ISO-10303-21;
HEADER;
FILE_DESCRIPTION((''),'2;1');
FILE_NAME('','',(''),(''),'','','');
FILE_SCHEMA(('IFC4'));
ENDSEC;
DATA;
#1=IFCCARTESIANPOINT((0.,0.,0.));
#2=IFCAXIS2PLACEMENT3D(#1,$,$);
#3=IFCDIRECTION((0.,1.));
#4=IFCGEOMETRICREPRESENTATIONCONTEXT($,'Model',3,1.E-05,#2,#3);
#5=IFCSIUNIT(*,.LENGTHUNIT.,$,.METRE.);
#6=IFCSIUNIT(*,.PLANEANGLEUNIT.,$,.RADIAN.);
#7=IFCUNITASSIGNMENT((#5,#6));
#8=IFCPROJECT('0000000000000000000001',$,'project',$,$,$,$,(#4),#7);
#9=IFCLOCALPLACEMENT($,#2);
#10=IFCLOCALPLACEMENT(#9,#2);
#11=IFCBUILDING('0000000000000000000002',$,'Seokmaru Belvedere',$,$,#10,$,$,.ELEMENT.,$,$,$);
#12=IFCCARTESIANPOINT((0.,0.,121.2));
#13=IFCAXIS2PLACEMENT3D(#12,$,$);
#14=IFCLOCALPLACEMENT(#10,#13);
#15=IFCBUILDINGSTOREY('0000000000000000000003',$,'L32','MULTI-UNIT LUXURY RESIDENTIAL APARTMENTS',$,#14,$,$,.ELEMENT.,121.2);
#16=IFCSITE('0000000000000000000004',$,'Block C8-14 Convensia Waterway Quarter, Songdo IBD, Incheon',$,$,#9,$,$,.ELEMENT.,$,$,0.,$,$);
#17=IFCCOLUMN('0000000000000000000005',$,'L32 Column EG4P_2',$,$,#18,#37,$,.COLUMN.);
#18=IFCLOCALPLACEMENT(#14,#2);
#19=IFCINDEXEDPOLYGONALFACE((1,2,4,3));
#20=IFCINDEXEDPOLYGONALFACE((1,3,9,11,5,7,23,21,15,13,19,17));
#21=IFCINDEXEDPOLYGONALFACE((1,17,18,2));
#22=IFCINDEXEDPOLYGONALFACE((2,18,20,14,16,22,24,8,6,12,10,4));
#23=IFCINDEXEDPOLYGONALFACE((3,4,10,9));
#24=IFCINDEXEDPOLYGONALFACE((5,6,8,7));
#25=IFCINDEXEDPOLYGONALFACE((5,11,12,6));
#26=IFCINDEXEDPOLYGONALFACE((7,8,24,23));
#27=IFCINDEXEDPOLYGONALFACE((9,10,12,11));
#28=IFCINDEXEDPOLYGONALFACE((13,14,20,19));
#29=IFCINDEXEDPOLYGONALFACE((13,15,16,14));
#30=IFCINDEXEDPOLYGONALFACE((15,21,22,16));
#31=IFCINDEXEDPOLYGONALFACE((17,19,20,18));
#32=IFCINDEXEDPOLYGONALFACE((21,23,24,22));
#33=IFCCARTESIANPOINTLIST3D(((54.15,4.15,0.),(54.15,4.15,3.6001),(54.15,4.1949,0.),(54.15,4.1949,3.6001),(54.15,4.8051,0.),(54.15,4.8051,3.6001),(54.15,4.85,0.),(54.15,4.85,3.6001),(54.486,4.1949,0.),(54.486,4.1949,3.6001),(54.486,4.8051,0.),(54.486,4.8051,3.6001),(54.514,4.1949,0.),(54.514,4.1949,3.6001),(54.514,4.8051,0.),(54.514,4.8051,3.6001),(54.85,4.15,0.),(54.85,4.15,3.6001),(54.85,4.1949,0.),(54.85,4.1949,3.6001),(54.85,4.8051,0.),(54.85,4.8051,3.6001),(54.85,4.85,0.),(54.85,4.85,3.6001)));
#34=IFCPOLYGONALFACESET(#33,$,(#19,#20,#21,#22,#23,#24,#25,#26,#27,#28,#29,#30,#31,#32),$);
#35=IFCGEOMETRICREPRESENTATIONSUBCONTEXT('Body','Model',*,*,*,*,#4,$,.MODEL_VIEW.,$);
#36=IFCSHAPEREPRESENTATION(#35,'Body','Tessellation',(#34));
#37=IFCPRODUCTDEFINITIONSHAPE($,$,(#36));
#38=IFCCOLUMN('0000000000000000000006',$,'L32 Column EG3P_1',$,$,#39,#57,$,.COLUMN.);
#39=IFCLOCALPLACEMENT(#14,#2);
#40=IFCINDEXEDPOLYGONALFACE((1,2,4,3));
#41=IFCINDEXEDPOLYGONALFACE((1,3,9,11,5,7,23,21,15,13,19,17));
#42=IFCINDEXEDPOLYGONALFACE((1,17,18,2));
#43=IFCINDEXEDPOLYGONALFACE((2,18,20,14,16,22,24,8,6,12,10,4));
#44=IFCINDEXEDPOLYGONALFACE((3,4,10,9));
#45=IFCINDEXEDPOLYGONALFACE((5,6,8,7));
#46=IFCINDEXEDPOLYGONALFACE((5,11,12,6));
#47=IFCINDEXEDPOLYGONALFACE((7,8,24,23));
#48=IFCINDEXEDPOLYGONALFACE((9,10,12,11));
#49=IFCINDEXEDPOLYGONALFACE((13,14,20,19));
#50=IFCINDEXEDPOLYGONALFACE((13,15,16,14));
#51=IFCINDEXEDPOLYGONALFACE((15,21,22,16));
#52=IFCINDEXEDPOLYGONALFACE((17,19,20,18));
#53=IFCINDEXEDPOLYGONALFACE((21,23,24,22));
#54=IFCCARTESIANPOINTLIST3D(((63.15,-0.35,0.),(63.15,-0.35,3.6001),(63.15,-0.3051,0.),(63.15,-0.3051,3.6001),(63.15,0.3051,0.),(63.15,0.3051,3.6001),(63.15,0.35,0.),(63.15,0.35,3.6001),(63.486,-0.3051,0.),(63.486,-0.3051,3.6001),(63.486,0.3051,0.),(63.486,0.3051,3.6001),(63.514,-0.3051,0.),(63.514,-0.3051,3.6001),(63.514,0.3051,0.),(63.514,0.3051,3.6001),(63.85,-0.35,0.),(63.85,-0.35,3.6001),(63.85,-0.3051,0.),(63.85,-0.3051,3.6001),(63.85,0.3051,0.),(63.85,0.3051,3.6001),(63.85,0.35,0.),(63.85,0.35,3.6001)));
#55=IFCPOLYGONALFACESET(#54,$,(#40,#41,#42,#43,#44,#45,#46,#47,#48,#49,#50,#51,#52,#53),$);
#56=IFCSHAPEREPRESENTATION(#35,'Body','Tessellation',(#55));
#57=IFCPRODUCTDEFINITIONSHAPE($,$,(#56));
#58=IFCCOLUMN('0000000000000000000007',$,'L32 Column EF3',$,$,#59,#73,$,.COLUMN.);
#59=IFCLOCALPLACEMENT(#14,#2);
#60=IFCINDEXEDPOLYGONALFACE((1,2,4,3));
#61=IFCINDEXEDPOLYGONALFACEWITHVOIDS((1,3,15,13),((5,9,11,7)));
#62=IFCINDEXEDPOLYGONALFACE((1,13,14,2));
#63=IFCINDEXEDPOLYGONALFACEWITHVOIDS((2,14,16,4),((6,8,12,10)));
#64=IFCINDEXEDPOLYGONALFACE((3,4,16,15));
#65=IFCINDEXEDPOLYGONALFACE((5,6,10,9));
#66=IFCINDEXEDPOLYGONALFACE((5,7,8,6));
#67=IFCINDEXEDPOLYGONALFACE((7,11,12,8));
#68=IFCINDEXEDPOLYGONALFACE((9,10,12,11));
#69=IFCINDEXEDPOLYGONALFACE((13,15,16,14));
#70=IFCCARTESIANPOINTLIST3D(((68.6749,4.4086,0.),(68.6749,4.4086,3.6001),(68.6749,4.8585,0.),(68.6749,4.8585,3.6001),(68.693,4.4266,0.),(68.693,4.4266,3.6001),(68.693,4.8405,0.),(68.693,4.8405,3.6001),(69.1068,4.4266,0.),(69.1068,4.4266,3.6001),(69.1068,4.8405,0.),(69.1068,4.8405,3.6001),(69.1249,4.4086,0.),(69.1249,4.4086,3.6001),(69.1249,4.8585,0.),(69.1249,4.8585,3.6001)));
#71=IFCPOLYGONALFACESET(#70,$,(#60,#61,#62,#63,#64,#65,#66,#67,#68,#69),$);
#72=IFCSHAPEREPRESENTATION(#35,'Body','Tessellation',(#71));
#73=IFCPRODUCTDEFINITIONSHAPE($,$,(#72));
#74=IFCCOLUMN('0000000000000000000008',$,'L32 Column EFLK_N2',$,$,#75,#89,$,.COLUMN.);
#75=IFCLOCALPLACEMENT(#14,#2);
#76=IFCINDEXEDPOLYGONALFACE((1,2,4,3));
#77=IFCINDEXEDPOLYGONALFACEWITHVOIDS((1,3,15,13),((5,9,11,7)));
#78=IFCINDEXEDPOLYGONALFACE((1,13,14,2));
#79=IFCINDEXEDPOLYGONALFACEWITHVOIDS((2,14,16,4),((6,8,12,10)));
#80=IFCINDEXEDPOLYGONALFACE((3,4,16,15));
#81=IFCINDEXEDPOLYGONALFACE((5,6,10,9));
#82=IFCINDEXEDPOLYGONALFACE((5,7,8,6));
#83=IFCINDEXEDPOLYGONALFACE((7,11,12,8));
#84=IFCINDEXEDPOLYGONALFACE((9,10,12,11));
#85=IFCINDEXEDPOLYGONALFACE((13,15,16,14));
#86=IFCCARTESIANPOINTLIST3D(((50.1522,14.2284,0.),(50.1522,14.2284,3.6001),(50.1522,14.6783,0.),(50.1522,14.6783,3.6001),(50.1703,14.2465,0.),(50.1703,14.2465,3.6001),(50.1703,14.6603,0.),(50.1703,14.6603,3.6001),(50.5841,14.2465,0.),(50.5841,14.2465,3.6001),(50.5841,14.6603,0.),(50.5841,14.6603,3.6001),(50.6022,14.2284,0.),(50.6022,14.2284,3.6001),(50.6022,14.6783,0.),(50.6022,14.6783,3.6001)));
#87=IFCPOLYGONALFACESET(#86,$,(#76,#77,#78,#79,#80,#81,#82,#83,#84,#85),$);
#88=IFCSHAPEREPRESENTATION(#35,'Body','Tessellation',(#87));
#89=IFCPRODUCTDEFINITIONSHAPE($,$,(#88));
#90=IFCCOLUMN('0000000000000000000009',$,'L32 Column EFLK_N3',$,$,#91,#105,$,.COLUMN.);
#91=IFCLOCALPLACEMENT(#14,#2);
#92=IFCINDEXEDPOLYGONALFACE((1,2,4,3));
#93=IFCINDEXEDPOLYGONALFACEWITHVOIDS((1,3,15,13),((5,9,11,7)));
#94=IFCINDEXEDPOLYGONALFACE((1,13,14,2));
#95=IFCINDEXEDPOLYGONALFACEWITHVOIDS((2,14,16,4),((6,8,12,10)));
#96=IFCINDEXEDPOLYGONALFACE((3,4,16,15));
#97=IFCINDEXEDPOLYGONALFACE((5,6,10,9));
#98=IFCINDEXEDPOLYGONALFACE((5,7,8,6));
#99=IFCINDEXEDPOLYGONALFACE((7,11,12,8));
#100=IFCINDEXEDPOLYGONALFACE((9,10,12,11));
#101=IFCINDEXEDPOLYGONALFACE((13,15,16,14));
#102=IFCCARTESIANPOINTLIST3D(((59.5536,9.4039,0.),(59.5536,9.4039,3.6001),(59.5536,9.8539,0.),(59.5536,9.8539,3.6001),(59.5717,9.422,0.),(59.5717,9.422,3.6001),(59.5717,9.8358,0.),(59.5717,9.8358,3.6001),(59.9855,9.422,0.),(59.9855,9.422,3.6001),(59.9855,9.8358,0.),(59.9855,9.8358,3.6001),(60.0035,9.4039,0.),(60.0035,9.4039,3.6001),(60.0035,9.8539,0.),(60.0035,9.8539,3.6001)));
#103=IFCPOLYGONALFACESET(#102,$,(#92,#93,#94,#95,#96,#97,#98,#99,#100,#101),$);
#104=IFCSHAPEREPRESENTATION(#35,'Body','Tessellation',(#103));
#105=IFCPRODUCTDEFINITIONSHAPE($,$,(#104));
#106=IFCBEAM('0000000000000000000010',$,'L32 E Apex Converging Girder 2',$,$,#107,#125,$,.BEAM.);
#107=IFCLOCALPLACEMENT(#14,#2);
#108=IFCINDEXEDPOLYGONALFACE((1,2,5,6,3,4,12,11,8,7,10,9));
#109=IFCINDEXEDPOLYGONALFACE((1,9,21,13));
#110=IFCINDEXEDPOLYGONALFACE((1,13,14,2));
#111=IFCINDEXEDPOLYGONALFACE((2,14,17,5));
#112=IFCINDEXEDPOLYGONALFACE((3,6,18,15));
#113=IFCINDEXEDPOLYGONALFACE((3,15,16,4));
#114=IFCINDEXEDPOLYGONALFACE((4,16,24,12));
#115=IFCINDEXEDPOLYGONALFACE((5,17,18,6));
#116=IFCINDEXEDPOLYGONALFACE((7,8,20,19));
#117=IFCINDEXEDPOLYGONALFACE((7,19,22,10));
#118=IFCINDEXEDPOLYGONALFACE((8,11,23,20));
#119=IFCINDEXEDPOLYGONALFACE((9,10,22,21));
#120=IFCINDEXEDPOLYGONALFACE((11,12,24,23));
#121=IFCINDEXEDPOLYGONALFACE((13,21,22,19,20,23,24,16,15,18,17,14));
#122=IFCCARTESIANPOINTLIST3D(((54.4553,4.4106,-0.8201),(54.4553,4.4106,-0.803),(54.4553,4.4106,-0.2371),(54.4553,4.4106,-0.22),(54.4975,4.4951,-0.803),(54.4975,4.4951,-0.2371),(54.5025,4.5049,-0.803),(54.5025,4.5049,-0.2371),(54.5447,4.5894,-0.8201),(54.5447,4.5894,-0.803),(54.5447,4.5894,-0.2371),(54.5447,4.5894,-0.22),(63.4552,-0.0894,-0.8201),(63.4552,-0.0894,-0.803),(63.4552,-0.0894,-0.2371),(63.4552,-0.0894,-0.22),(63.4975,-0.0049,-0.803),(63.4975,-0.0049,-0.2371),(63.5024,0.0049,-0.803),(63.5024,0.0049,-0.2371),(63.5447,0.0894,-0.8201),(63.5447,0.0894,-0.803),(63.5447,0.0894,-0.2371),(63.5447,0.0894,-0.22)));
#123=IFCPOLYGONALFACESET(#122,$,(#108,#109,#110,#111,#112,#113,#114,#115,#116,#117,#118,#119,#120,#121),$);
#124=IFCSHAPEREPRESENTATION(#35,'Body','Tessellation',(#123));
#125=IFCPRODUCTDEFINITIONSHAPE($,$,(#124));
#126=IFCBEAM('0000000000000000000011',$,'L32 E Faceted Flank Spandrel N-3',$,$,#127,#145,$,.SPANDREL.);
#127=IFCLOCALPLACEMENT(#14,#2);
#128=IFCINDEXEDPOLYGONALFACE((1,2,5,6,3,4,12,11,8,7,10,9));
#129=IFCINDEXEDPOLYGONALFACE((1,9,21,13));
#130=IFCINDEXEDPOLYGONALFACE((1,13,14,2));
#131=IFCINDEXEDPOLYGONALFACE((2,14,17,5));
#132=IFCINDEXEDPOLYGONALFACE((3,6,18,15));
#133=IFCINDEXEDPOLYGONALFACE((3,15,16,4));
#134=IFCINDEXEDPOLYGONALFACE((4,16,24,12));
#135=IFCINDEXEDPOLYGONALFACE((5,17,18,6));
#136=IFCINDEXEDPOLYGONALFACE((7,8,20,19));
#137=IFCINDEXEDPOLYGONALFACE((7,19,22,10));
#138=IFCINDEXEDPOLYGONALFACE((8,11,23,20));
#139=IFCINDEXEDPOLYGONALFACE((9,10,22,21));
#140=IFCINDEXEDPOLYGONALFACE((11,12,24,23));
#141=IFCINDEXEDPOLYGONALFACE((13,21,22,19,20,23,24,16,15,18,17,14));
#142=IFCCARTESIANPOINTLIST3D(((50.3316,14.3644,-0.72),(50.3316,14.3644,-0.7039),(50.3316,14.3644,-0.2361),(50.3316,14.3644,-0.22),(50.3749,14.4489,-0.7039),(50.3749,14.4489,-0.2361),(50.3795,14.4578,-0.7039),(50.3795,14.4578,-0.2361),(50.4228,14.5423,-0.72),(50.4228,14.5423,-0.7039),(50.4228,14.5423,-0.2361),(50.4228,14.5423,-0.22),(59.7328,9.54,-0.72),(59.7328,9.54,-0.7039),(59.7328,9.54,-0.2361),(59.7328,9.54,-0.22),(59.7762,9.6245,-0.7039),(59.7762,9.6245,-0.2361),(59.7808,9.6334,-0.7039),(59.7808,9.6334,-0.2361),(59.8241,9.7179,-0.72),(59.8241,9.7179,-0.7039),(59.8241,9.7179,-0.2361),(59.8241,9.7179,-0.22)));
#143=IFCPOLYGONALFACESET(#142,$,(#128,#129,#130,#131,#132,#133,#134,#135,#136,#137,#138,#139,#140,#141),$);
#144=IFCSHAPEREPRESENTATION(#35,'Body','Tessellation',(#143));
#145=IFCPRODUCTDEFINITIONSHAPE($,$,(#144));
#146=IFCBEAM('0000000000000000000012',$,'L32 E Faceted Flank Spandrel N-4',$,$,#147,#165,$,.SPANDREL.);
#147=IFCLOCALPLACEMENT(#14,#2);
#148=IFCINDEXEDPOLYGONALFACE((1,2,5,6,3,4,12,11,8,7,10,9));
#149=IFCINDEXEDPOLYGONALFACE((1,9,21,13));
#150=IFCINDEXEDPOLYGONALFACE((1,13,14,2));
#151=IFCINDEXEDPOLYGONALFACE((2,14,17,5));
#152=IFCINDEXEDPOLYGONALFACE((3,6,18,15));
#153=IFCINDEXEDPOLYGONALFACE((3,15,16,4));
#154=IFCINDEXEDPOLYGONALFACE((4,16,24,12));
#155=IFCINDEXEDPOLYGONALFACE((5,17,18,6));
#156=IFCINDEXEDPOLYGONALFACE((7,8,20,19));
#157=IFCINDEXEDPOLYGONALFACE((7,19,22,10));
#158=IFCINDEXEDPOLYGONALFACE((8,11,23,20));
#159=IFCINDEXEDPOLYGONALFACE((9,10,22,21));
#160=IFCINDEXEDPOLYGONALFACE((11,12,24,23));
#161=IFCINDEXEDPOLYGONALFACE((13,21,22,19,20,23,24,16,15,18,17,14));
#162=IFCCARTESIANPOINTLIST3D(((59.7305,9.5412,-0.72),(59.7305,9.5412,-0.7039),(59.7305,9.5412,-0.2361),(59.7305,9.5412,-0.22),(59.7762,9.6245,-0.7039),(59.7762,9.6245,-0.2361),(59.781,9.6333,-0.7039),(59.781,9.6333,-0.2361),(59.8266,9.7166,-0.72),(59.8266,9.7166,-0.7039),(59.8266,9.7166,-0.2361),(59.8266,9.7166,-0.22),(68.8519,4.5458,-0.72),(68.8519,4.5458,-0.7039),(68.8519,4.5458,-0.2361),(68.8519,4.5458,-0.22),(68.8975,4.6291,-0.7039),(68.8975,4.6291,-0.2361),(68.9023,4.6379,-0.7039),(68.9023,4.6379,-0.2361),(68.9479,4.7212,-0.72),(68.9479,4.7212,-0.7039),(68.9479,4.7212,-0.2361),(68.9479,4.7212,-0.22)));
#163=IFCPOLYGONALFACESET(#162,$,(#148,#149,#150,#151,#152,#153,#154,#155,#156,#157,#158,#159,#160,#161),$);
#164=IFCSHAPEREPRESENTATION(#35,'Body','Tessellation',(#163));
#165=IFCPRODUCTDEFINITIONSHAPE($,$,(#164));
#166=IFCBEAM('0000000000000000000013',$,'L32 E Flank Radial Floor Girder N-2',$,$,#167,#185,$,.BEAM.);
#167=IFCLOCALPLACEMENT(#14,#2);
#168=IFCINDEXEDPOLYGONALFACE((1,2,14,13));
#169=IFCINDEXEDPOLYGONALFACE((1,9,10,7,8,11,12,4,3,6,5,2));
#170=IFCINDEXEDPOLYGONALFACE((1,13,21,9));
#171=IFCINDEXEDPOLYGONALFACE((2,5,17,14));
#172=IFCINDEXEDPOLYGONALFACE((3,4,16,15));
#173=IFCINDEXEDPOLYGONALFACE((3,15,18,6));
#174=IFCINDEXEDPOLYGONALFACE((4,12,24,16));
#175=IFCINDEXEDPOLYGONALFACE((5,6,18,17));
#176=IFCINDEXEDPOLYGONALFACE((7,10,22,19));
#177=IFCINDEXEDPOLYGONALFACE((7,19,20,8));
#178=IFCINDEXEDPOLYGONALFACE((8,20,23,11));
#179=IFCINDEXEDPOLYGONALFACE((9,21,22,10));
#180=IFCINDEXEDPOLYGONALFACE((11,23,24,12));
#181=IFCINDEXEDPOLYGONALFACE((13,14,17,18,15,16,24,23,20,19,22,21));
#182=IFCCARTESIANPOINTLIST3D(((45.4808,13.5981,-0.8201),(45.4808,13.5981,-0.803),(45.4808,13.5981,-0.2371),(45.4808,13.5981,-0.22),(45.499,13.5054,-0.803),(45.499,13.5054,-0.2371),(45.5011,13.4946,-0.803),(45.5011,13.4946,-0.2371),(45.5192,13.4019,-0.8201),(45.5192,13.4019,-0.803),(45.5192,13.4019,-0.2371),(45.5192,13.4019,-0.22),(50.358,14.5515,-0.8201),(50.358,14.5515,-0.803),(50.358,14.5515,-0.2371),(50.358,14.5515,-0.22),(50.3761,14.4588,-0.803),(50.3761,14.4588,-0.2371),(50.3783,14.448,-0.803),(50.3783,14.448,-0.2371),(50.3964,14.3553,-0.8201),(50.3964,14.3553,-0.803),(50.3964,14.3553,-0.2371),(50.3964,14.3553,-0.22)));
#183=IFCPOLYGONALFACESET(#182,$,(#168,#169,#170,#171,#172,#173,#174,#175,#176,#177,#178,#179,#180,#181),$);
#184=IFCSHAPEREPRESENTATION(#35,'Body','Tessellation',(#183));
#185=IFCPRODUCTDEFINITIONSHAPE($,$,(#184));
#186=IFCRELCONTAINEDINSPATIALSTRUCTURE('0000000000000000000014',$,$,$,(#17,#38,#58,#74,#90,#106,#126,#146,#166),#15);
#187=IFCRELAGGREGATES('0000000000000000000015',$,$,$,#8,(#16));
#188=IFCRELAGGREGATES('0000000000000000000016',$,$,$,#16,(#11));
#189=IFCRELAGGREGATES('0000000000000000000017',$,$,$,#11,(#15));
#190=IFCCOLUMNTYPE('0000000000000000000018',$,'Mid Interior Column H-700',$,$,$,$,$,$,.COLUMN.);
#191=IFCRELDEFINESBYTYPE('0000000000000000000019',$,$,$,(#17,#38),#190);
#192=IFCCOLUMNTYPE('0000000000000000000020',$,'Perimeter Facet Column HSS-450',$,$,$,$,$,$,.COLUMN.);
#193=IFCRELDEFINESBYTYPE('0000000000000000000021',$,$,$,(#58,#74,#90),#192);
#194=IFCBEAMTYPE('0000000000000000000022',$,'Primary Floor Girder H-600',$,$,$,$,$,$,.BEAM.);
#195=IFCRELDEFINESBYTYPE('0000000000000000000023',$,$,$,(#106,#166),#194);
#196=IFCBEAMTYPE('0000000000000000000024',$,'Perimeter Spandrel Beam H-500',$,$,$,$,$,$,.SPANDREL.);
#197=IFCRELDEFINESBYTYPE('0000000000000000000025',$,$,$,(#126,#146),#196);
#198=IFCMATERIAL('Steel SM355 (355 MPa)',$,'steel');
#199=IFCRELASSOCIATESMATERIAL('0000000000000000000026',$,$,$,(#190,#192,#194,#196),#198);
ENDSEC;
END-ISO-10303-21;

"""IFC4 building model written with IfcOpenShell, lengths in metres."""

from ifc_helpers import new_model, si_unit, direction, frame, origin, origin_2d, place, context, subcontext, project, spatial, hollow_rectangle, i_section, extrude, source, transform, mapped, material, material_profile, profile_set, type_object, type_shapes, element, save


model = new_model("IFC4")

# Units and contexts
model_context = context("Model", 3, precision=1e-05, world=origin(), true_north=direction((0.0, 1.0)))
body_context = subcontext(model_context, "Body", "Model", "MODEL_VIEW")
ifc_project = project(units=[si_unit("LENGTHUNIT", "METRE"), si_unit("PLANEANGLEUNIT", "RADIAN")], contexts=[model_context])

# Site, building, storey
site_placement = place(None, origin())
site = spatial("IfcSite", under=ifc_project, at=site_placement, Name="Block C8-14 Convensia Waterway Quarter, Songdo IBD, Incheon", CompositionType="ELEMENT", RefElevation=0.0)
building_placement = place(site_placement, origin())
building = spatial("IfcBuilding", under=site, at=building_placement, Name="Seokmaru Belvedere", CompositionType="ELEMENT")
storey_placement = place(building_placement, frame((0.0, 0.0, 121.2)))
storey = spatial("IfcBuildingStorey", under=building, at=storey_placement, Name="L32", Description="MULTI-UNIT LUXURY RESIDENTIAL APARTMENTS", CompositionType="ELEMENT", Elevation=121.2)

# Columns
ifc_material_1 = material(Name="Steel SM355 (355 MPa)", Category="steel")
ifc_material_profile_1 = material_profile(ifc_material_1, i_section(OverallWidth=0.7, OverallDepth=0.7, WebThickness=0.0281, FlangeThickness=0.0449, at=origin_2d()), Name="H-700x700x28x45")
ifc_profile_set_1 = profile_set([ifc_material_profile_1], Name="Steel SM355 (355 MPa)")
column_type_1 = type_object("IfcColumnType", Name="Mid Interior Column H-700", PredefinedType="COLUMN", material=ifc_profile_set_1)
shared_shape_1 = source(origin(), body_context, "Body", "SweptSolid", [
    extrude(i_section(OverallWidth=0.7, OverallDepth=0.7, WebThickness=0.0281, FlangeThickness=0.0449, at=origin_2d()), origin(), (0.0, 0.0, 1.0), 3.6001),
])
type_shapes(column_type_1, [shared_shape_1])
for number, where, z_axis, x_axis, name in (
    (1, (54.5, 4.5, 0.0), (0.0, 0.0, 1.0), (1.0, 0.0, 0.0), "L32 Column EG4P_2"),
    (2, (63.5, 0.0, 0.0), (0.0, 0.0, 1.0), (1.0, 0.0, 0.0), "L32 Column EG3P_1"),
):
    element("IfcColumn", number, at=place(storey_placement, frame(where, z_axis=z_axis, x_axis=x_axis)), inside=storey, type_object=column_type_1, Name=name, PredefinedType="COLUMN", context=body_context, shape_type="MappedRepresentation", body=[
        mapped(shared_shape_1, transform((0.0, 0.0, 0.0), scale=1.0)),
    ])
ifc_material_profile_2 = material_profile(ifc_material_1, hollow_rectangle(XDim=0.45, YDim=0.45, WallThickness=0.0181, at=origin_2d()), Name="HSS-450x450x18")
ifc_profile_set_2 = profile_set([ifc_material_profile_2], Name="Steel SM355 (355 MPa)")
column_type_2 = type_object("IfcColumnType", Name="Perimeter Facet Column HSS-450", PredefinedType="COLUMN", material=ifc_profile_set_2)
shared_shape_2 = source(origin(), body_context, "Body", "SweptSolid", [
    extrude(hollow_rectangle(XDim=0.45, YDim=0.45, WallThickness=0.0181, at=origin_2d()), origin(), (0.0, 0.0, 1.0), 3.6001),
])
type_shapes(column_type_2, [shared_shape_2])
for number, where, z_axis, x_axis, name in (
    (3, (68.8999, 4.6335, 0.0), (0.0, 0.0, 1.0), (1.0, 0.0, 0.0), "L32 Column EF3"),
    (4, (50.3772, 14.4534, 0.0), (0.0, 0.0, 1.0), (1.0, 0.0, 0.0), "L32 Column EFLK_N2"),
    (5, (59.7786, 9.6289, 0.0), (0.0, 0.0, 1.0), (1.0, 0.0, 0.0), "L32 Column EFLK_N3"),
):
    element("IfcColumn", number, at=place(storey_placement, frame(where, z_axis=z_axis, x_axis=x_axis)), inside=storey, type_object=column_type_2, Name=name, PredefinedType="COLUMN", context=body_context, shape_type="MappedRepresentation", body=[
        mapped(shared_shape_2, transform((0.0, 0.0, 0.0), scale=1.0)),
    ])

# Beams
ifc_material_profile_3 = material_profile(ifc_material_1, i_section(OverallWidth=0.2, OverallDepth=0.6001, WebThickness=0.011, FlangeThickness=0.0171, at=origin_2d()), Name="H-600x200x11x17")
ifc_profile_set_3 = profile_set([ifc_material_profile_3], Name="Steel SM355 (355 MPa)")
beam_type_1 = type_object("IfcBeamType", Name="Primary Floor Girder H-600", PredefinedType="BEAM", material=ifc_profile_set_3)
shared_shape_3 = source(origin(), body_context, "Body", "SweptSolid", [
    extrude(i_section(OverallWidth=0.2, OverallDepth=0.6001, WebThickness=0.011, FlangeThickness=0.0171, at=origin_2d()), origin(), (0.0, 0.0, 1.0), 10.0623),
])
beam_1_placement = place(storey_placement, frame((54.5, 4.5, -0.52), z_axis=(0.894427, -0.447214, 0.0), x_axis=(0.447214, 0.894427, 0.0)))
element("IfcBeam", 6, at=beam_1_placement, inside=storey, type_object=beam_type_1, Name="L32 E Apex Converging Girder 2", PredefinedType="BEAM", context=body_context, shape_type="MappedRepresentation", body=[
    mapped(shared_shape_3, transform((0.0, 0.0, 0.0), scale=1.0)),
])
ifc_material_profile_4 = material_profile(ifc_material_1, i_section(OverallWidth=0.2, OverallDepth=0.5, WebThickness=0.01, FlangeThickness=0.0161, at=origin_2d()), Name="H-500x200x10x16")
ifc_profile_set_4 = profile_set([ifc_material_profile_4], Name="Steel SM355 (355 MPa)")
beam_type_2 = type_object("IfcBeamType", Name="Perimeter Spandrel Beam H-500", PredefinedType="SPANDREL", material=ifc_profile_set_4)
shared_shape_4 = source(origin(), body_context, "Body", "SweptSolid", [
    extrude(i_section(OverallWidth=0.2, OverallDepth=0.5, WebThickness=0.01, FlangeThickness=0.0161, at=origin_2d()), origin(), (0.0, 0.0, 1.0), 10.5669),
])
beam_2_placement = place(storey_placement, frame((50.3772, 14.4534, -0.47), z_axis=(0.889693, -0.45656, 0.0), x_axis=(0.45656, 0.889693, 0.0)))
element("IfcBeam", 7, at=beam_2_placement, inside=storey, type_object=beam_type_2, Name="L32 E Faceted Flank Spandrel N-3", PredefinedType="SPANDREL", context=body_context, shape_type="MappedRepresentation", body=[
    mapped(shared_shape_4, transform((0.0, 0.0, 0.0), scale=1.0)),
])
shared_shape_5 = source(origin(), body_context, "Body", "SweptSolid", [
    extrude(i_section(OverallWidth=0.2, OverallDepth=0.5, WebThickness=0.01, FlangeThickness=0.0161, at=origin_2d()), origin(), (0.0, 0.0, 1.0), 10.3997),
])
type_shapes(beam_type_2, [shared_shape_4, shared_shape_5])
beam_3_placement = place(storey_placement, frame((59.7786, 9.6289, -0.47), z_axis=(0.877082, -0.48034, 0.0), x_axis=(0.48034, 0.877082, 0.0)))
element("IfcBeam", 8, at=beam_3_placement, inside=storey, type_object=beam_type_2, Name="L32 E Faceted Flank Spandrel N-4", PredefinedType="SPANDREL", context=body_context, shape_type="MappedRepresentation", body=[
    mapped(shared_shape_5, transform((0.0, 0.0, 0.0), scale=1.0)),
])
shared_shape_6 = source(origin(), body_context, "Body", "SweptSolid", [
    extrude(i_section(OverallWidth=0.2, OverallDepth=0.6001, WebThickness=0.011, FlangeThickness=0.0171, at=origin_2d()), origin(), (0.0, 0.0, 1.0), 4.9695),
])
beam_4_placement = place(storey_placement, frame((50.3772, 14.4534, -0.52), z_axis=(-0.981425, -0.191844, 0.0), x_axis=(0.191844, -0.981425, 0.0)))
element("IfcBeam", 9, at=beam_4_placement, inside=storey, type_object=beam_type_1, Name="L32 E Flank Radial Floor Girder N-2", PredefinedType="BEAM", context=body_context, shape_type="MappedRepresentation", body=[
    mapped(shared_shape_6, transform((0.0, 0.0, 0.0), scale=1.0)),
])

save(model, "model.ifc")
